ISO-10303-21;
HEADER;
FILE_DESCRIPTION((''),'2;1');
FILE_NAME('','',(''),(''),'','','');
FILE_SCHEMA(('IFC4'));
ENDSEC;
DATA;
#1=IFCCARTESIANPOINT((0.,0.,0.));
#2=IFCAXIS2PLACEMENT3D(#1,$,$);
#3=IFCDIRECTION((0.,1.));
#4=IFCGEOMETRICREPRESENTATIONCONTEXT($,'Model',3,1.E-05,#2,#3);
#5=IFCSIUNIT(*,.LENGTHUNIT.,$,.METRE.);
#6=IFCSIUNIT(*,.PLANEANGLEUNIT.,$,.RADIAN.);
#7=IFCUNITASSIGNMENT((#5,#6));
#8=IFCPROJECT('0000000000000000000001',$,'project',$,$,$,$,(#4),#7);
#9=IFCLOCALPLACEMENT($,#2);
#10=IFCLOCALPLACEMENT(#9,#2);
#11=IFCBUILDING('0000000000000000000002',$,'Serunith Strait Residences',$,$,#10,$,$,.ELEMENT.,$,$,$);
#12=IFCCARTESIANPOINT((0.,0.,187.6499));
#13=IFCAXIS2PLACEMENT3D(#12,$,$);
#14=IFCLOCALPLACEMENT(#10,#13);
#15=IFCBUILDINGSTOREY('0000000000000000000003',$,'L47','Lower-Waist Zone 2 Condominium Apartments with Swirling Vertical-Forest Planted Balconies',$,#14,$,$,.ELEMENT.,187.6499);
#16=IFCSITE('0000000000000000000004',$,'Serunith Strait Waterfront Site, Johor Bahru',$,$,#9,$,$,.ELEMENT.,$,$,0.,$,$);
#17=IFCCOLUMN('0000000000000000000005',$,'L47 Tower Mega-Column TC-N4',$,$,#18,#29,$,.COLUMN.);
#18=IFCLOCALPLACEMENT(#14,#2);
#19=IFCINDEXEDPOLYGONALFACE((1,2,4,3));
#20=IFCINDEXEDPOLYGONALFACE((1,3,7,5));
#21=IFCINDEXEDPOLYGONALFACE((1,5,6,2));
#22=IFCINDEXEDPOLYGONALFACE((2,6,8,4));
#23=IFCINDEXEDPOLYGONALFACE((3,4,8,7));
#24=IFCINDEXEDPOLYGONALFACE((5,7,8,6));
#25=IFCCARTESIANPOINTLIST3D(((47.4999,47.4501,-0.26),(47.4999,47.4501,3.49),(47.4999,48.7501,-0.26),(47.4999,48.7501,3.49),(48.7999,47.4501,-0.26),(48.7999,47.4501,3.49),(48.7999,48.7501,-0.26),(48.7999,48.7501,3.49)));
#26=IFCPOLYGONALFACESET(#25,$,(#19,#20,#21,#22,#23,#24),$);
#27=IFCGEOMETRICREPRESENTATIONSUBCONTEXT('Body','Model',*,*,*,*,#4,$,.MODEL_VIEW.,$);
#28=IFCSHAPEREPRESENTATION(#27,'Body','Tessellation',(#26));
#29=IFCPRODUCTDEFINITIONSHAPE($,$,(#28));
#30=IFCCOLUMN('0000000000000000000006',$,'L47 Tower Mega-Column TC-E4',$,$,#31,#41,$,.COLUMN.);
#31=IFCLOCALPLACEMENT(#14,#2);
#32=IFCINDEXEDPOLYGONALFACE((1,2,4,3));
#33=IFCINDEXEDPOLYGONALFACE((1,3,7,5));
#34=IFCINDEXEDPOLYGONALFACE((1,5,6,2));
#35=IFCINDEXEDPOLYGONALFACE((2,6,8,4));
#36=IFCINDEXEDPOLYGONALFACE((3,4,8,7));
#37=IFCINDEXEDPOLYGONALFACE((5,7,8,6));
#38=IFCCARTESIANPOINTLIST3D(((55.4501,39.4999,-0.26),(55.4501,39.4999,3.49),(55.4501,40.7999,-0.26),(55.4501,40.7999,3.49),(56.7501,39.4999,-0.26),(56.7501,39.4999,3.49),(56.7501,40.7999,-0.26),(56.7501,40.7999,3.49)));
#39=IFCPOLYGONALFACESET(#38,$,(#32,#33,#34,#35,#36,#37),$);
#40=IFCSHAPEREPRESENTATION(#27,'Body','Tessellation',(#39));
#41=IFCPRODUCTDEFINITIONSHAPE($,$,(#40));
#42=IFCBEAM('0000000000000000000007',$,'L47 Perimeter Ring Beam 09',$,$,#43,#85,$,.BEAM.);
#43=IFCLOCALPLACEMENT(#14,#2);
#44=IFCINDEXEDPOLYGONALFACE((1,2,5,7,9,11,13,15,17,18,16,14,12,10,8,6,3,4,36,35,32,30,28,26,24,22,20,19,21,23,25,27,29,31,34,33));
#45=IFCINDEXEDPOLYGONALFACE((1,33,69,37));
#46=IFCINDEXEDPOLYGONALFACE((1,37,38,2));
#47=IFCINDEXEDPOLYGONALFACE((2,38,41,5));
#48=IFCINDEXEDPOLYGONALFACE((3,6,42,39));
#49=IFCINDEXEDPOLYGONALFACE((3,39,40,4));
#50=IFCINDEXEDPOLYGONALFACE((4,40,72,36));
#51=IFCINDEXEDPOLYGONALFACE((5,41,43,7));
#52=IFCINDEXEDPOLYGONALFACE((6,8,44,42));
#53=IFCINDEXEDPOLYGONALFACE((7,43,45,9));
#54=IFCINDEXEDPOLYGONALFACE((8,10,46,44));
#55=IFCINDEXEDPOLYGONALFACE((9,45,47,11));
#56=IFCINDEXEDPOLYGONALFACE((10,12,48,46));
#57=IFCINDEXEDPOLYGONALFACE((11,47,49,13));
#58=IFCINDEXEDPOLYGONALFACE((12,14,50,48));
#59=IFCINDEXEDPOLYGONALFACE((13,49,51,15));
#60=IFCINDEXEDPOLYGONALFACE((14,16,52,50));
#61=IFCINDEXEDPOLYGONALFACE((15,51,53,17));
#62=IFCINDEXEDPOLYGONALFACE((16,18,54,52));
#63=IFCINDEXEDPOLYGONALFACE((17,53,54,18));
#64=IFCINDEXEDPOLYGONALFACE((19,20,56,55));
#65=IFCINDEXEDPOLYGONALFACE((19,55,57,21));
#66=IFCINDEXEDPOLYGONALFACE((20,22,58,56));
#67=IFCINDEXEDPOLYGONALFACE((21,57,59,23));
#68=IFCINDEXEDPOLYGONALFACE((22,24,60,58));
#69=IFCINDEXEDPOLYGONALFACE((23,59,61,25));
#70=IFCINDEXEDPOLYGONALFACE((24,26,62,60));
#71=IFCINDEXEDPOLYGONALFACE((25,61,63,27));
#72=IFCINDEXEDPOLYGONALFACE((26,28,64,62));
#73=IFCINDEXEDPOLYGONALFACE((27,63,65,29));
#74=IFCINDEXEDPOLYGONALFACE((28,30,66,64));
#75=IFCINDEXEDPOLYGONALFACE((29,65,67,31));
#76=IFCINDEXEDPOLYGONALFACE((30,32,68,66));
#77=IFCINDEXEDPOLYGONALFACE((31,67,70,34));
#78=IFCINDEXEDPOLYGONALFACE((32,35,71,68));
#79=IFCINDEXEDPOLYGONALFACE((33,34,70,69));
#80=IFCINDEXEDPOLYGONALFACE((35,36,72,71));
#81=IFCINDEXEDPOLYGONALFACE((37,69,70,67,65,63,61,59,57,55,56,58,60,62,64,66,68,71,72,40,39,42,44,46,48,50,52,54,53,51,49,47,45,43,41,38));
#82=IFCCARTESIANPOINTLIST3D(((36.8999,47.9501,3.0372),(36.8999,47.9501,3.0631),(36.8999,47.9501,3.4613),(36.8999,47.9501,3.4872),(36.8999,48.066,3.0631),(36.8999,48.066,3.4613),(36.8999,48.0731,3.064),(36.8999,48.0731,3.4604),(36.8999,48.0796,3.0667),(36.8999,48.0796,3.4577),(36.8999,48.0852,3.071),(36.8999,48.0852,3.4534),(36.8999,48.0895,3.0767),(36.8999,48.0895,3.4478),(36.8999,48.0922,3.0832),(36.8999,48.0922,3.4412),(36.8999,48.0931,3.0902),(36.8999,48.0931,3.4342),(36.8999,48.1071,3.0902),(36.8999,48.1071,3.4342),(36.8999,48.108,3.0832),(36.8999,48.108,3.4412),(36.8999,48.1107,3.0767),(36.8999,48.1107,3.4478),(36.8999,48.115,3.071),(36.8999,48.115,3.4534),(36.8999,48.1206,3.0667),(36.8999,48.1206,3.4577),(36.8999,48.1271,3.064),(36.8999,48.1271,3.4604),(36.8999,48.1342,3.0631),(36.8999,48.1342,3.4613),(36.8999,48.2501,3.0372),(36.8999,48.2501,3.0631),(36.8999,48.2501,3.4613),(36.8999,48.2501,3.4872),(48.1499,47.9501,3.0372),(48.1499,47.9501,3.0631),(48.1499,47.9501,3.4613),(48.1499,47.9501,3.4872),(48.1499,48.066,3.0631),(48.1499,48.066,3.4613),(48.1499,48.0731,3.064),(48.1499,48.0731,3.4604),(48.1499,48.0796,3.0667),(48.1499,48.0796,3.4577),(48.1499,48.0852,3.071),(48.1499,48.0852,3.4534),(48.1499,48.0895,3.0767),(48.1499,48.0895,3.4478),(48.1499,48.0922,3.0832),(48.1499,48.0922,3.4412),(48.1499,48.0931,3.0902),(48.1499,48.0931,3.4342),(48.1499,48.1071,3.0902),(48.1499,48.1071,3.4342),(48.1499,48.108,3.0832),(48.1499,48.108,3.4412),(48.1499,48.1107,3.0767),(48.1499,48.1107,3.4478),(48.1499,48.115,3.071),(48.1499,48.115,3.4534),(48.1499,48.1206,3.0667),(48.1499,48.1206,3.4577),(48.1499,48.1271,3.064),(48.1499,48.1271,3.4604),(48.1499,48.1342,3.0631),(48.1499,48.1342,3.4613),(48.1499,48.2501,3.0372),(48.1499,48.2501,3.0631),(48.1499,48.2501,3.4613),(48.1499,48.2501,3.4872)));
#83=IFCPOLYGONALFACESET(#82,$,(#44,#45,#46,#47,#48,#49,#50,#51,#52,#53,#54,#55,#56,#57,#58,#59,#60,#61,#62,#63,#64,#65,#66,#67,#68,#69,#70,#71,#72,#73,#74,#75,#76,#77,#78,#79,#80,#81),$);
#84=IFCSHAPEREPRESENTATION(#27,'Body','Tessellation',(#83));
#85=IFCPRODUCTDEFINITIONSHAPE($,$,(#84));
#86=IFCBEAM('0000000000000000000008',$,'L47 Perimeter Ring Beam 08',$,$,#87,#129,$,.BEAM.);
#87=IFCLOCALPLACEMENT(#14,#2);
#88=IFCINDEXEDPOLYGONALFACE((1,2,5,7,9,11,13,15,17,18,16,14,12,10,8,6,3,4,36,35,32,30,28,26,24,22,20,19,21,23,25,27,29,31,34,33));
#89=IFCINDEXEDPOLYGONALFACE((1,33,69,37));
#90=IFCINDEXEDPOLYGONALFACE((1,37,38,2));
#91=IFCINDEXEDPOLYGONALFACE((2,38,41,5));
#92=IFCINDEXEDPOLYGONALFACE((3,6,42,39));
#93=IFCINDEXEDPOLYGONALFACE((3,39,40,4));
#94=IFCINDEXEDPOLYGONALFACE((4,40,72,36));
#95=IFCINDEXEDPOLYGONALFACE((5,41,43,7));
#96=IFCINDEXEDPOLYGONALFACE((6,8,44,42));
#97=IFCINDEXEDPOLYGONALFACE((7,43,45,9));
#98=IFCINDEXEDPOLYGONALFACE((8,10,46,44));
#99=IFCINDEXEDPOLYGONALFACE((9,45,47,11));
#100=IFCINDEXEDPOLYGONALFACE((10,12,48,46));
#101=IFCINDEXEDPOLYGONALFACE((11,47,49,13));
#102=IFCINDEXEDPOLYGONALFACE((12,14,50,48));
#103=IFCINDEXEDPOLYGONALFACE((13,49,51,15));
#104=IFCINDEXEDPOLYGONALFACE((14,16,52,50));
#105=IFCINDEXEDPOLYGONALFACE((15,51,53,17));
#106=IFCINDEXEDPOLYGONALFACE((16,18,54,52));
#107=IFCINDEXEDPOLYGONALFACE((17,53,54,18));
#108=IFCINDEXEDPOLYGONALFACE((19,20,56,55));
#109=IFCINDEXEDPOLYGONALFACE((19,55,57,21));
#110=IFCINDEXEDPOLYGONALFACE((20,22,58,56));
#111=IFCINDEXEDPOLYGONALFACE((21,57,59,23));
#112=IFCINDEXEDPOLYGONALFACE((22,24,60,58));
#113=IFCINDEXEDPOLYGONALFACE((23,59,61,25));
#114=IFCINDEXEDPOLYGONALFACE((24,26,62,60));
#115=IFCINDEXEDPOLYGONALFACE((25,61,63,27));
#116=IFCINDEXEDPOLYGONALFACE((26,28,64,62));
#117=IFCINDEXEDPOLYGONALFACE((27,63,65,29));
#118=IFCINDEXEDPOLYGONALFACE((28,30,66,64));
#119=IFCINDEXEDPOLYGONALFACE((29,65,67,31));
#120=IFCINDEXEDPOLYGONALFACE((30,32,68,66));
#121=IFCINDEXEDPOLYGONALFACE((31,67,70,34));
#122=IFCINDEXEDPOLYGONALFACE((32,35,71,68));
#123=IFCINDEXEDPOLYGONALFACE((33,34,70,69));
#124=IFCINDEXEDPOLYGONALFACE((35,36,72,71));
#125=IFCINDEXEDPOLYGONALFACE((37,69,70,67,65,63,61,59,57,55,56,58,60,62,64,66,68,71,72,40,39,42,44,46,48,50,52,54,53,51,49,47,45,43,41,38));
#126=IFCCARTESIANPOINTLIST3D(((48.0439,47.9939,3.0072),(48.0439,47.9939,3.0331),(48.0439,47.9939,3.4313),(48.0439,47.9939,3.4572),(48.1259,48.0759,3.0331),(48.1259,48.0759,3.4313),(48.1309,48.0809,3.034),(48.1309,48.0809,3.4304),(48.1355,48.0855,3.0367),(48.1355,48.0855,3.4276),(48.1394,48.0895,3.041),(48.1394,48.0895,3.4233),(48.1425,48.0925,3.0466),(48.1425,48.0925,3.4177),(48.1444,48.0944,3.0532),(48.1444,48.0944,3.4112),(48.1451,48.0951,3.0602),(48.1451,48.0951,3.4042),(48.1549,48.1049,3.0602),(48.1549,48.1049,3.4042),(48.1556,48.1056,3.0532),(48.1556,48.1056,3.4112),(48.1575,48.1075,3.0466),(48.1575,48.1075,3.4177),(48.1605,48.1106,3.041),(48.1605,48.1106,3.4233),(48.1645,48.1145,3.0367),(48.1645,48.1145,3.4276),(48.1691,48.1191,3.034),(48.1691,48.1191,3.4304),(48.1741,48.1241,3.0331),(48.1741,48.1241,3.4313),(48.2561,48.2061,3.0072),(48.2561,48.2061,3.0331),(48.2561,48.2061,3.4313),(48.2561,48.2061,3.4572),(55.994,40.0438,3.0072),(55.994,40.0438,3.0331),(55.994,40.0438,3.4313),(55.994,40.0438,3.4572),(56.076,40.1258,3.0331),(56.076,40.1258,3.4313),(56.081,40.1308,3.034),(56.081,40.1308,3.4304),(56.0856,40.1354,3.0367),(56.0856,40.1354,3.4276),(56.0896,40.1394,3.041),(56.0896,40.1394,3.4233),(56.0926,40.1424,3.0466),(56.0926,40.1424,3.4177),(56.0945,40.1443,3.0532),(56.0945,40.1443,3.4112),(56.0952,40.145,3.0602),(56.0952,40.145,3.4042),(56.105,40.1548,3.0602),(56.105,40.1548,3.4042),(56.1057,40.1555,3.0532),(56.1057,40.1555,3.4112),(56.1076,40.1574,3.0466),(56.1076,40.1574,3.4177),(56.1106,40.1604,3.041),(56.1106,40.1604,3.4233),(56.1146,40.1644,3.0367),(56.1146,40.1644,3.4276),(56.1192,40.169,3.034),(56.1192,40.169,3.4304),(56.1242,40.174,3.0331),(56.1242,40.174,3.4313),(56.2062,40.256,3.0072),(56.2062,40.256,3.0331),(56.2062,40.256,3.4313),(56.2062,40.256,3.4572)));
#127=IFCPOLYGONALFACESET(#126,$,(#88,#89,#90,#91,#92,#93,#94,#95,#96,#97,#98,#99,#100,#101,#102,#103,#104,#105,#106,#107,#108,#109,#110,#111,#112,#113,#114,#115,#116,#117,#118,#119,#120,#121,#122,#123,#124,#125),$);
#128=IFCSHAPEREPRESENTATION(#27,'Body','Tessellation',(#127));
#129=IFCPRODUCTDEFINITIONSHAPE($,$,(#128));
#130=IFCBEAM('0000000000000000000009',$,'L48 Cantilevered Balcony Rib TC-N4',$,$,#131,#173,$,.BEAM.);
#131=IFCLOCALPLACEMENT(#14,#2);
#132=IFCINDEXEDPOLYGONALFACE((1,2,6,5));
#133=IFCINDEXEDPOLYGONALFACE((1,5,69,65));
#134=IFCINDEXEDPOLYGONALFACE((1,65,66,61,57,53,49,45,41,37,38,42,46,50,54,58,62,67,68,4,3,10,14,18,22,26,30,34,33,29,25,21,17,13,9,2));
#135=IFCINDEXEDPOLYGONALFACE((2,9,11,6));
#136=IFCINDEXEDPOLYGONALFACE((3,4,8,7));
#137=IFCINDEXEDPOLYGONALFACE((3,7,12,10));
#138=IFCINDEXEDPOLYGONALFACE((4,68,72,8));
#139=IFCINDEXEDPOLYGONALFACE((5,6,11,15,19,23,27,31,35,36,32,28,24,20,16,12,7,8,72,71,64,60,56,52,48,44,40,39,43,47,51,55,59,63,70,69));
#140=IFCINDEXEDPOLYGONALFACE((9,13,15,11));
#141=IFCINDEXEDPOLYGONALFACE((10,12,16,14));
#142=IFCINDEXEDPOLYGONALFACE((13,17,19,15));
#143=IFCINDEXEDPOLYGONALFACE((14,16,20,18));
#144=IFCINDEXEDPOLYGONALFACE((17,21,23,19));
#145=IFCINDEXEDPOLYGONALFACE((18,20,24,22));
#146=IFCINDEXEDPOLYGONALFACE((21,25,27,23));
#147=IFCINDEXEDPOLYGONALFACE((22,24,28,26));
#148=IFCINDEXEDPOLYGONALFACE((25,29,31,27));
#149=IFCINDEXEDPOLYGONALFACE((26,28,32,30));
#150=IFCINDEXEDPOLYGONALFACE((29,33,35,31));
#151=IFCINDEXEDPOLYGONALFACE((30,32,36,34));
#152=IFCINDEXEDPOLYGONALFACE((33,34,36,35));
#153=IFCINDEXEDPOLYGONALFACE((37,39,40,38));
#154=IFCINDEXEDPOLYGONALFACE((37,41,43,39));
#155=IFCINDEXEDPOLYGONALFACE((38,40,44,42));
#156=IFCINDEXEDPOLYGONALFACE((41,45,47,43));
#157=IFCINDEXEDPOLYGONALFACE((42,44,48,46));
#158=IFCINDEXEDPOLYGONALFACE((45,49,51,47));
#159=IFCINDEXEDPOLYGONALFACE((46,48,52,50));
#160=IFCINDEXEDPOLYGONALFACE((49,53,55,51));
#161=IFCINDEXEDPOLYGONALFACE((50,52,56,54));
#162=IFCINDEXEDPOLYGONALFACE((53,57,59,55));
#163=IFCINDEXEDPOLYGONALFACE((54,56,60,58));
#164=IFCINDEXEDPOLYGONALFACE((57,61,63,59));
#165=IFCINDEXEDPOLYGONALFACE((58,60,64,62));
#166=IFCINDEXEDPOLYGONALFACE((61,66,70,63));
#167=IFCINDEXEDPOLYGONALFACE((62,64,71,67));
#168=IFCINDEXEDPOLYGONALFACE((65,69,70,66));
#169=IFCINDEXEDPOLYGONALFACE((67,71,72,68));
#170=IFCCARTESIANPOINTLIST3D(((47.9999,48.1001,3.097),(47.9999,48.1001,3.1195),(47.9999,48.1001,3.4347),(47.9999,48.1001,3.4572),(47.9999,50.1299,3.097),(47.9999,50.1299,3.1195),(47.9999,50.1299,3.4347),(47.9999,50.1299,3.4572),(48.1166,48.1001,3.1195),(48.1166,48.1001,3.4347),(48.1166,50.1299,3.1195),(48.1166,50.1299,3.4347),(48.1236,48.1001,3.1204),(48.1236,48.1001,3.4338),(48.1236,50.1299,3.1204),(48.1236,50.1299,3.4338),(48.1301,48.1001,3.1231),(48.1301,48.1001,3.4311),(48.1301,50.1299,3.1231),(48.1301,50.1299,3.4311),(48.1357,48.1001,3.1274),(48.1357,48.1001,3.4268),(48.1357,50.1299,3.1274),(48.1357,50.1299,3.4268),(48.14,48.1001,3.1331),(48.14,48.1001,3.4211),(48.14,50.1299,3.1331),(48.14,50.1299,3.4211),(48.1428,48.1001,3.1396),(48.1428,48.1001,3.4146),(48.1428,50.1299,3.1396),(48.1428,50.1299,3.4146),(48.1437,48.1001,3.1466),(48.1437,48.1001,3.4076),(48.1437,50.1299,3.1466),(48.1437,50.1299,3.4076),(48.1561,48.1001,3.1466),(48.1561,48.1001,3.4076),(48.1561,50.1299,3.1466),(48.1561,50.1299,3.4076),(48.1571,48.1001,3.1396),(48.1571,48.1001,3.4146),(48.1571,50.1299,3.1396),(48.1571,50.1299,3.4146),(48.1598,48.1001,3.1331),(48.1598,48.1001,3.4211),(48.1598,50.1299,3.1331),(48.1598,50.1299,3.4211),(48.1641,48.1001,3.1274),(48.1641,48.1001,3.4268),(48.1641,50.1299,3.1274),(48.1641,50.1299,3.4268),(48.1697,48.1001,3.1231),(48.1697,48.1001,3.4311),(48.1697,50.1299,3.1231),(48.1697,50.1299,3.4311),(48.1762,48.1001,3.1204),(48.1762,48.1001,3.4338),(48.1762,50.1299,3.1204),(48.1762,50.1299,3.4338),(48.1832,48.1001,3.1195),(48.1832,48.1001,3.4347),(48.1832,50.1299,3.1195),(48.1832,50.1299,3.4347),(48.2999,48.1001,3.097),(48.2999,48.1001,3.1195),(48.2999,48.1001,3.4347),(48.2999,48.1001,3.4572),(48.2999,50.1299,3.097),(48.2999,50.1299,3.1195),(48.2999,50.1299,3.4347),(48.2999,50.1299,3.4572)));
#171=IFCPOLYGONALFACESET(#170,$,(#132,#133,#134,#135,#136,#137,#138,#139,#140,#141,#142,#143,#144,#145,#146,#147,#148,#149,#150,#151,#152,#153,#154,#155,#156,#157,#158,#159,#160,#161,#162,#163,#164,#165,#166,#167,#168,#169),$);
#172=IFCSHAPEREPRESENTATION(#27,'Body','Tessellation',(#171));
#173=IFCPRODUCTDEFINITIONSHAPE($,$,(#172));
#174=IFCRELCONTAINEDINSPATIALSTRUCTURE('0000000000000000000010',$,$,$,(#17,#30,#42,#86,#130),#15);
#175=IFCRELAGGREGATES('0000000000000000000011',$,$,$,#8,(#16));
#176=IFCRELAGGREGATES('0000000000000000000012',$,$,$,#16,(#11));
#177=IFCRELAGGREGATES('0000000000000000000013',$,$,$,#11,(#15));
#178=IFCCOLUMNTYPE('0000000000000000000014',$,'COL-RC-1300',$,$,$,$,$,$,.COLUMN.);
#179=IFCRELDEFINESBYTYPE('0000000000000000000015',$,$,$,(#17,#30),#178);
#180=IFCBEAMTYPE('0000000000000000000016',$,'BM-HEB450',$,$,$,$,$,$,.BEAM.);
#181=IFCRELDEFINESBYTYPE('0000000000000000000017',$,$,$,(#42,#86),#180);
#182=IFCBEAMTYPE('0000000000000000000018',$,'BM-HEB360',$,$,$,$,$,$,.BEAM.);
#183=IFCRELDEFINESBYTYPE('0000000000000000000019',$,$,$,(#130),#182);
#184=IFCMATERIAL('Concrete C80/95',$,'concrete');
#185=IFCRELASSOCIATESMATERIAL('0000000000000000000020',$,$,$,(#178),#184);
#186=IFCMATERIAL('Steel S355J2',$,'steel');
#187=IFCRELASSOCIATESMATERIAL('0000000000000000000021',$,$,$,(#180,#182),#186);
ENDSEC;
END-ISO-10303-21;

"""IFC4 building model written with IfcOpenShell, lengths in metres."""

from ifc_helpers import new_model, si_unit, direction, frame, origin, origin_2d, place, context, subcontext, project, spatial, rectangle, i_section, extrude, source, transform, mapped, material, material_profile, profile_set, type_object, element, save


model = new_model("IFC4")

# Units and contexts
model_context = context("Model", 3, precision=1e-05, world=origin(), true_north=direction((0.0, 1.0)))
body_context = subcontext(model_context, "Body", "Model", "MODEL_VIEW")
ifc_project = project(units=[si_unit("LENGTHUNIT", "METRE"), si_unit("PLANEANGLEUNIT", "RADIAN")], contexts=[model_context])

# Site, building, storey
site_placement = place(None, origin())
site = spatial("IfcSite", under=ifc_project, at=site_placement, Name="Serunith Strait Waterfront Site, Johor Bahru", CompositionType="ELEMENT", RefElevation=0.0)
building_placement = place(site_placement, origin())
building = spatial("IfcBuilding", under=site, at=building_placement, Name="Serunith Strait Residences", CompositionType="ELEMENT")
storey_placement = place(building_placement, frame((0.0, 0.0, 187.6499)))
storey = spatial("IfcBuildingStorey", under=building, at=storey_placement, Name="L47", Description="Lower-Waist Zone 2 Condominium Apartments with Swirling Vertical-Forest Planted Balconies", CompositionType="ELEMENT", Elevation=187.6499)

# Columns
ifc_material_1 = material(Name="Concrete C80/95", Category="concrete")
ifc_material_profile_1 = material_profile(ifc_material_1, rectangle(XDim=1.3, YDim=1.3, at=origin_2d()), Name="RC 1300x1300")
ifc_profile_set_1 = profile_set([ifc_material_profile_1], Name="Concrete C80/95")
column_type = type_object("IfcColumnType", Name="COL-RC-1300", PredefinedType="COLUMN", material=ifc_profile_set_1)
shared_shape_1 = source(origin(), body_context, "Body", "SweptSolid", [
    extrude(rectangle(XDim=1.3, YDim=1.3, at=origin_2d()), origin(), (0.0, 0.0, 1.0), 3.75),
])
for number, where, z_axis, x_axis, name in (
    (1, (48.1499, 48.1001, -0.26), (0.0, 0.0, 1.0), (1.0, 0.0, 0.0), "L47 Tower Mega-Column TC-N4"),
    (2, (56.1001, 40.1499, -0.26), (0.0, 0.0, 1.0), (1.0, 0.0, 0.0), "L47 Tower Mega-Column TC-E4"),
):
    element("IfcColumn", number, at=place(storey_placement, frame(where, z_axis=z_axis, x_axis=x_axis)), inside=storey, type_object=column_type, Name=name, PredefinedType="COLUMN", context=body_context, shape_type="MappedRepresentation", body=[
        mapped(shared_shape_1, transform((0.0, 0.0, 0.0), scale=1.0)),
    ])

# Beams
ifc_material_2 = material(Name="Steel S355J2", Category="steel")
ifc_material_profile_2 = material_profile(ifc_material_2, i_section(OverallWidth=0.3, OverallDepth=0.45, WebThickness=0.0139, FlangeThickness=0.0259, FilletRadius=0.0271, at=origin_2d()), Name="HEB 450")
ifc_profile_set_2 = profile_set([ifc_material_profile_2], Name="Steel S355J2")
beam_type_1 = type_object("IfcBeamType", Name="BM-HEB450", PredefinedType="BEAM", material=ifc_profile_set_2)
shared_shape_2 = source(origin(), body_context, "Body", "SweptSolid", [
    extrude(i_section(OverallWidth=0.3, OverallDepth=0.45, WebThickness=0.0139, FlangeThickness=0.0259, FilletRadius=0.0271, at=origin_2d()), origin(), (0.0, 0.0, 1.0), 11.25),
])
beam_1_placement = place(storey_placement, frame((48.1499, 48.1001, 3.2622), z_axis=(-1.0, 0.0, 0.0), x_axis=(0.0, -1.0, 0.0)))
element("IfcBeam", 3, at=beam_1_placement, inside=storey, type_object=beam_type_1, Name="L47 Perimeter Ring Beam 09", PredefinedType="BEAM", context=body_context, shape_type="MappedRepresentation", body=[
    mapped(shared_shape_2, transform((0.0, 0.0, 0.0), scale=1.0)),
])
shared_shape_3 = source(origin(), body_context, "Body", "SweptSolid", [
    extrude(i_section(OverallWidth=0.3, OverallDepth=0.45, WebThickness=0.0139, FlangeThickness=0.0259, FilletRadius=0.0271, at=origin_2d()), origin(), (0.0, 0.0, 1.0), 11.2432),
])
beam_2_placement = place(storey_placement, frame((56.1001, 40.1499, 3.2322), z_axis=(-0.707107, 0.707107, 0.0), x_axis=(-0.707107, -0.707107, 0.0)))
element("IfcBeam", 4, at=beam_2_placement, inside=storey, type_object=beam_type_1, Name="L47 Perimeter Ring Beam 08", PredefinedType="BEAM", context=body_context, shape_type="MappedRepresentation", body=[
    mapped(shared_shape_3, transform((0.0, 0.0, 0.0), scale=1.0)),
])
ifc_material_profile_3 = material_profile(ifc_material_2, i_section(OverallWidth=0.3, OverallDepth=0.3601, WebThickness=0.0125, FlangeThickness=0.0225, FilletRadius=0.0271, at=origin_2d()), Name="HEB 360")
ifc_profile_set_3 = profile_set([ifc_material_profile_3], Name="Steel S355J2")
beam_type_2 = type_object("IfcBeamType", Name="BM-HEB360", PredefinedType="BEAM", material=ifc_profile_set_3)
shared_shape_4 = source(origin(), body_context, "Body", "SweptSolid", [
    extrude(i_section(OverallWidth=0.3, OverallDepth=0.3601, WebThickness=0.0125, FlangeThickness=0.0225, FilletRadius=0.0271, at=origin_2d()), origin(), (0.0, 0.0, 1.0), 2.0298),
])
beam_3_placement = place(storey_placement, frame((48.1499, 48.1001, 3.2771), z_axis=(0.0, 1.0, 0.0), x_axis=(-1.0, 0.0, 0.0)))
element("IfcBeam", 5, at=beam_3_placement, inside=storey, type_object=beam_type_2, Name="L48 Cantilevered Balcony Rib TC-N4", PredefinedType="BEAM", context=body_context, shape_type="MappedRepresentation", body=[
    mapped(shared_shape_4, transform((0.0, 0.0, 0.0), scale=1.0)),
])

save(model, "model.ifc")
